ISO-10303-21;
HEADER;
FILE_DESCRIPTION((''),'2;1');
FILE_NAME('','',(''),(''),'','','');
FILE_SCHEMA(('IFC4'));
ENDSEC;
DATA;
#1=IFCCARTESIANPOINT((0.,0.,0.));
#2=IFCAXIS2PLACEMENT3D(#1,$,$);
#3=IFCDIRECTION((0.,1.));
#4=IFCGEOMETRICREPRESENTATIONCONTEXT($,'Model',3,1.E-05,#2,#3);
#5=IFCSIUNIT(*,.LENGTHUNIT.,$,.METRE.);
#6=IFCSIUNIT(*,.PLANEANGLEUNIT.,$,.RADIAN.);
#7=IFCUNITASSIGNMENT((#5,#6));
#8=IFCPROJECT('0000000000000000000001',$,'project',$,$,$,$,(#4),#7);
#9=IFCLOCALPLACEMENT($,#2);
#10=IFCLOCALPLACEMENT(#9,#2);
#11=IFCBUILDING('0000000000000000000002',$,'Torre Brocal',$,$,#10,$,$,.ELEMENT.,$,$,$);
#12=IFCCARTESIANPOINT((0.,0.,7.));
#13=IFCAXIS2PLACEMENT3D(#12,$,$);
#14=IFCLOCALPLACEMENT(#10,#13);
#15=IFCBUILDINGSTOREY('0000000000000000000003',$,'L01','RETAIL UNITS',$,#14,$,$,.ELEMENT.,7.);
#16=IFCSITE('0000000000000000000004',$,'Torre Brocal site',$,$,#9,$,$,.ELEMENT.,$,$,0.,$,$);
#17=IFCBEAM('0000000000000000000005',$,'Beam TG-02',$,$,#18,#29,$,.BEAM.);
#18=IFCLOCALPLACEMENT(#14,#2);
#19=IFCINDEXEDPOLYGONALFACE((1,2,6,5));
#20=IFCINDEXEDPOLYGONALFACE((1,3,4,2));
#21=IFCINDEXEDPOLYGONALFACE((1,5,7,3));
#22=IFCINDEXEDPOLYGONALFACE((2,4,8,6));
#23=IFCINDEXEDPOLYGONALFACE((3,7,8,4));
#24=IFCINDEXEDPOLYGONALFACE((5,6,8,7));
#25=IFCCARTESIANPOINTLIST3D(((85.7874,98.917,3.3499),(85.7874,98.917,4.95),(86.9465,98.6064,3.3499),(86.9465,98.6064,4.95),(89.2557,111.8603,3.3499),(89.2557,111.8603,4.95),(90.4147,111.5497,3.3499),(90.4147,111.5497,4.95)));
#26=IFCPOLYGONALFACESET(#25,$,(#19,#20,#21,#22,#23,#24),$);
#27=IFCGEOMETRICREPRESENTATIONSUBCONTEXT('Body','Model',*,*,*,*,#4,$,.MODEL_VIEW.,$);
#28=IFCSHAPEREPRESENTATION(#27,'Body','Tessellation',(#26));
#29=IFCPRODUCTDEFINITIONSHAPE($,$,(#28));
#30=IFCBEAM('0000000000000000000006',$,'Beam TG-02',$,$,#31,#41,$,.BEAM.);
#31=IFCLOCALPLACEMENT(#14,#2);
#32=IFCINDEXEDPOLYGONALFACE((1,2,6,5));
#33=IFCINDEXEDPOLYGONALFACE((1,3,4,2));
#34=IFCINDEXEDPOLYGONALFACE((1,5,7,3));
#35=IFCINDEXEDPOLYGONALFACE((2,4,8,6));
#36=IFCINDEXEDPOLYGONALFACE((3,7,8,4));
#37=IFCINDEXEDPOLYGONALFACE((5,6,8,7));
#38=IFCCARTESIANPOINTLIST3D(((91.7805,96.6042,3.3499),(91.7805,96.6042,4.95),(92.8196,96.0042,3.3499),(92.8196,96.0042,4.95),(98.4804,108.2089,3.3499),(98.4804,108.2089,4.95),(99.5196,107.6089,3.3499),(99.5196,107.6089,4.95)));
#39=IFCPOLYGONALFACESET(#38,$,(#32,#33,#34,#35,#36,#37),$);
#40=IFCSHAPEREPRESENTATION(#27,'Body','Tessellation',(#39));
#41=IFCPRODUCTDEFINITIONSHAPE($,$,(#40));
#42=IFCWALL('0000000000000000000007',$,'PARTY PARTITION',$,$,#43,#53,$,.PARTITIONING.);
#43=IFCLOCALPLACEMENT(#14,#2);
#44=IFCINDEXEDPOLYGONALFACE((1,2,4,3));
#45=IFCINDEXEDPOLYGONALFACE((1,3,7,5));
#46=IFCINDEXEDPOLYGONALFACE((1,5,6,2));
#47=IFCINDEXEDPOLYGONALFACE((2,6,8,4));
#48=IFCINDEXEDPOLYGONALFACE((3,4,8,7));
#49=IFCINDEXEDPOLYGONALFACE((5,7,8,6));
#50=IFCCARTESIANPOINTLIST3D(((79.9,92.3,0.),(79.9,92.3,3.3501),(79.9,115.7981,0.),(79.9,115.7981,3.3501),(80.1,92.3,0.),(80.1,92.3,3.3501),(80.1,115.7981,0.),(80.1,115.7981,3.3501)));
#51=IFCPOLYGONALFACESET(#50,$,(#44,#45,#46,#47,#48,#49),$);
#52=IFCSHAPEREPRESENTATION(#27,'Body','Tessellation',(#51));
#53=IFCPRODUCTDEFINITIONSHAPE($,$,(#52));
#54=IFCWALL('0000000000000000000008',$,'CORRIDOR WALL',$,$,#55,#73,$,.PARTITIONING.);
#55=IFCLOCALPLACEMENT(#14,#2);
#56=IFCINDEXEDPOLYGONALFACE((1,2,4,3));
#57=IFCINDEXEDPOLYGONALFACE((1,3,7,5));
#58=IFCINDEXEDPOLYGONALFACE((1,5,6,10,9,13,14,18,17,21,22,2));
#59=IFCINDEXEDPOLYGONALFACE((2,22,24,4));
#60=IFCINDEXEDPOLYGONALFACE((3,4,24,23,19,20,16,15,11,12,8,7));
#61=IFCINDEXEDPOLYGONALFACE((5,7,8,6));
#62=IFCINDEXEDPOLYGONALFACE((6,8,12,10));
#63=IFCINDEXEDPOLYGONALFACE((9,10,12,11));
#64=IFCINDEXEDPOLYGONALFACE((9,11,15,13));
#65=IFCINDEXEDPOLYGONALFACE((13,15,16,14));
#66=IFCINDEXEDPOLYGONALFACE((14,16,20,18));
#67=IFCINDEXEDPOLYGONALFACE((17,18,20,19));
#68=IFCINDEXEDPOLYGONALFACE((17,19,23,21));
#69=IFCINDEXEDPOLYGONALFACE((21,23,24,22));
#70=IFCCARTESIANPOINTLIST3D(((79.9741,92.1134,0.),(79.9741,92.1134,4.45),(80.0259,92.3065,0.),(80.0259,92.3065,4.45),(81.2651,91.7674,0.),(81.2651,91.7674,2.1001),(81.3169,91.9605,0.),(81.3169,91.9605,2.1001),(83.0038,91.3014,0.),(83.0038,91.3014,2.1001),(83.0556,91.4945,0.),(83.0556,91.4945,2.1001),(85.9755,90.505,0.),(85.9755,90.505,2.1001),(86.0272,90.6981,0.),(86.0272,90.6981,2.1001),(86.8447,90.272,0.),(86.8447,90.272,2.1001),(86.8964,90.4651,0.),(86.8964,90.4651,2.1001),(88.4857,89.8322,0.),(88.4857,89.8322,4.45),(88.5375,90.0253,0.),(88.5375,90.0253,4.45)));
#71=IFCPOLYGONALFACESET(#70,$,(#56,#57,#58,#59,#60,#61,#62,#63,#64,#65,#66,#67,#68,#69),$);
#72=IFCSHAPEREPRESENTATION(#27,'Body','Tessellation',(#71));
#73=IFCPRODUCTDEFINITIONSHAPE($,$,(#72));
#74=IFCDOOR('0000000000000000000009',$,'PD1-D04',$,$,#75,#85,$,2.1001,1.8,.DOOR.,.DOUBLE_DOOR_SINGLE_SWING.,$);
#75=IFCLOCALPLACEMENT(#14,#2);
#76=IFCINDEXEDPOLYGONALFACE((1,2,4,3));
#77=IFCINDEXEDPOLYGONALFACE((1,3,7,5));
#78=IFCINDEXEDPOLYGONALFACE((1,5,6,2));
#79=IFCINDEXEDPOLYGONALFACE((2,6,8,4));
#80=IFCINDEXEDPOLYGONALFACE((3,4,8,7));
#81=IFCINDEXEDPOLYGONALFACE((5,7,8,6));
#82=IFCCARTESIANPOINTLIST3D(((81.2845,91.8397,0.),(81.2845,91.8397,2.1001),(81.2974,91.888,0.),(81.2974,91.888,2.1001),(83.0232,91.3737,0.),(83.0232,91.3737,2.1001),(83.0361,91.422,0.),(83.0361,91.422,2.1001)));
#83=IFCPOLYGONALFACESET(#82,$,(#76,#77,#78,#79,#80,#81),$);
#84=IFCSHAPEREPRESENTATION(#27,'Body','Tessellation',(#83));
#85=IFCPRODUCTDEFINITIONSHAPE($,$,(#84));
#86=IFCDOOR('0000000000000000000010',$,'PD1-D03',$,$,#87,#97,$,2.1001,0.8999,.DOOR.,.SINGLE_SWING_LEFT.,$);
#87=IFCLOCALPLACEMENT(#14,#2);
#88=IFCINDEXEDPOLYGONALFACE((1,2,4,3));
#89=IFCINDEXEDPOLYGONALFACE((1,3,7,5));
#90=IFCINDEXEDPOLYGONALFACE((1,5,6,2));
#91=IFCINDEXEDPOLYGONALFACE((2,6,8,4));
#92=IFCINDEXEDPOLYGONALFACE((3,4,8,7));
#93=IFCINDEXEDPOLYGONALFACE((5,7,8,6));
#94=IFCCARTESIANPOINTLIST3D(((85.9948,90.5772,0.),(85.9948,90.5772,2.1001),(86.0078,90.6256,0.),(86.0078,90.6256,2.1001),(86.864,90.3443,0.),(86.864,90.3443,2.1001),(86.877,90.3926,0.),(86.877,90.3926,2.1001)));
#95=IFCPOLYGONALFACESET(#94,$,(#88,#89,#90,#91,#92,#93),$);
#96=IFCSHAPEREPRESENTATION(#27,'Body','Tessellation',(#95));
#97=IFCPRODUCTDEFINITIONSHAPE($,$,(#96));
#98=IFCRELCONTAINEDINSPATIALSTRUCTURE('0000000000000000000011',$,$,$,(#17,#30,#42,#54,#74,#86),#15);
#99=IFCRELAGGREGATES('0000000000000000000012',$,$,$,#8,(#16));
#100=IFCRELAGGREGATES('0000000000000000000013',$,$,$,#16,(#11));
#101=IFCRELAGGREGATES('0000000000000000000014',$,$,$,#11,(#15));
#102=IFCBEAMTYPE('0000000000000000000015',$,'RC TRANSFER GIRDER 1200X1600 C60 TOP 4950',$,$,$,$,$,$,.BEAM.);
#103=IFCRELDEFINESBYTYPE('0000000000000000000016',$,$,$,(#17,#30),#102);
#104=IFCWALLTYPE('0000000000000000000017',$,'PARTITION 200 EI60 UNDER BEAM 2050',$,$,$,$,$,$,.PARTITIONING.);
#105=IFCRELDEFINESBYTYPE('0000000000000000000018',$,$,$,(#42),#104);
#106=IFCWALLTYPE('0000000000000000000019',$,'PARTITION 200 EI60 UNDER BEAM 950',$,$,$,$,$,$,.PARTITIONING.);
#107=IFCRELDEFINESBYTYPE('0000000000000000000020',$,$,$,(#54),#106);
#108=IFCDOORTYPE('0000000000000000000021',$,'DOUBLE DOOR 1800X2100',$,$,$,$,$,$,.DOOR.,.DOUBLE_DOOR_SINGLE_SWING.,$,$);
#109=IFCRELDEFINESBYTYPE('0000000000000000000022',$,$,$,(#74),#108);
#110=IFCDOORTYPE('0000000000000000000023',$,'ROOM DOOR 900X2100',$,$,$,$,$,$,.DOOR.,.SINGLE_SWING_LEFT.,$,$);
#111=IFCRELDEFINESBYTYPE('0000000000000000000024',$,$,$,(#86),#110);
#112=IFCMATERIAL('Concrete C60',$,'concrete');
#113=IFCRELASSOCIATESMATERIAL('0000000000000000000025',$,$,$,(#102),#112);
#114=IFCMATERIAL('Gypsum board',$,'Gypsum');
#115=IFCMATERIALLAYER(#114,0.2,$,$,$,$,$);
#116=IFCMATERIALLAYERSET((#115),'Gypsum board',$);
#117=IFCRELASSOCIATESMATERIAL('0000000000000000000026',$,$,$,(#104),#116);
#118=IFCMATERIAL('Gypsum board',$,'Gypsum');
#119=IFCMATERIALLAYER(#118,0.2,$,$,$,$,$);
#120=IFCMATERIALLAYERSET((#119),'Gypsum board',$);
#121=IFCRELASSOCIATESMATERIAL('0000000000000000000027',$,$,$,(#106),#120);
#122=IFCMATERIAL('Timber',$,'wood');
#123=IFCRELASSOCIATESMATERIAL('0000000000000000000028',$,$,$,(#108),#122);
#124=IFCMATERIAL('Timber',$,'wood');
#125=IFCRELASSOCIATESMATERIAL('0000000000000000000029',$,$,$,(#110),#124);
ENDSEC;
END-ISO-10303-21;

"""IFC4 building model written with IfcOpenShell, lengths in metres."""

from ifc_helpers import new_model, si_unit, direction, frame, frame_2d, origin, origin_2d, place, context, subcontext, project, spatial, rectangle, extrude, material, layer, layer_set, material_profile, profile_set, type_object, element, fill, save


model = new_model("IFC4")

# Units and contexts
model_context = context("Model", 3, precision=1e-05, world=origin(), true_north=direction((0.0, 1.0)))
body_context = subcontext(model_context, "Body", "Model", "MODEL_VIEW")
ifc_project = project(units=[si_unit("LENGTHUNIT", "METRE"), si_unit("PLANEANGLEUNIT", "RADIAN")], contexts=[model_context])

# Site, building, storey
site_placement = place(None, origin())
site = spatial("IfcSite", under=ifc_project, at=site_placement, Name="Torre Brocal site", CompositionType="ELEMENT", RefElevation=0.0)
building_placement = place(site_placement, origin())
building = spatial("IfcBuilding", under=site, at=building_placement, Name="Torre Brocal", CompositionType="ELEMENT")
storey_placement = place(building_placement, frame((0.0, 0.0, 7.0)))
storey = spatial("IfcBuildingStorey", under=building, at=storey_placement, Name="L01", Description="RETAIL UNITS", CompositionType="ELEMENT", Elevation=7.0)

# Beams
ifc_material_1 = material(Name="Concrete C60", Category="concrete")
ifc_material_profile_1 = material_profile(ifc_material_1, rectangle(XDim=1.2, YDim=1.6001, at=origin_2d()), Name="RC 1200X1600")
ifc_profile_set_1 = profile_set([ifc_material_profile_1], Name="Concrete C60")
beam_type_1 = type_object("IfcBeamType", Name="RC TRANSFER GIRDER 1200X1600 C60 TOP 4950", PredefinedType="BEAM", material=ifc_profile_set_1)
for number, where, z_axis, x_axis, name in (
    (1, (86.3669, 98.7617, 4.1499), (0.258826, 0.965924, 0.0), (-0.965924, 0.258826, 0.0), "Beam TG-02"),
    (2, (92.3, 96.3042, 4.1499), (0.499997, 0.866027, 0.0), (-0.866027, 0.499997, 0.0), "Beam TG-02"),
):
    element("IfcBeam", number, at=place(storey_placement, frame(where, z_axis=z_axis, x_axis=x_axis)), inside=storey, type_object=beam_type_1, Name=name, PredefinedType="BEAM", context=body_context, shape_type="SweptSolid", body=[
        extrude(rectangle(XDim=1.2, YDim=1.6001, at=origin_2d()), origin(), (0.0, 0.0, 1.0), 13.3999),
    ])

# Wall
ifc_material_2 = material(Name="Gypsum board", Category="Gypsum")
ifc_layer_1 = layer(ifc_material_2, 0.2)
ifc_layer_set_1 = layer_set([ifc_layer_1], Name="Gypsum board")
wall_type_1 = type_object("IfcWallType", Name="PARTITION 200 EI60 UNDER BEAM 2050", PredefinedType="PARTITIONING", material=ifc_layer_set_1)
wall_1_placement = place(storey_placement, frame((80.0, 92.3, 0.0), z_axis=(0.0, 0.0, 1.0), x_axis=(0.0, 1.0, 0.0)))
element("IfcWall", 3, at=wall_1_placement, inside=storey, type_object=wall_type_1, Name="PARTY PARTITION", PredefinedType="PARTITIONING", context=body_context, shape_type="SweptSolid", body=[
    extrude(rectangle(XDim=23.498, YDim=0.2, at=frame_2d((11.749, 0.0))), origin(), (0.0, 0.0, 1.0), 3.3501),
])

# Wall, openings, doors
ifc_material_3 = material(Name="Gypsum board", Category="Gypsum")
ifc_layer_2 = layer(ifc_material_3, 0.2)
ifc_layer_set_2 = layer_set([ifc_layer_2], Name="Gypsum board")
wall_type_2 = type_object("IfcWallType", Name="PARTITION 200 EI60 UNDER BEAM 950", PredefinedType="PARTITIONING", material=ifc_layer_set_2)
wall_2_placement = place(storey_placement, frame((80.0, 92.21, 0.0), z_axis=(0.0, 0.0, 1.0), x_axis=(0.96591, -0.258876, 0.0)))
wall_2 = element("IfcWall", 4, at=wall_2_placement, inside=storey, type_object=wall_type_2, Name="CORRIDOR WALL", PredefinedType="PARTITIONING", context=body_context, shape_type="SweptSolid", body=[
    extrude(rectangle(XDim=8.812, YDim=0.2, at=frame_2d((4.406, 0.0))), origin(), (0.0, 0.0, 1.0), 4.45),
])
opening_1_placement = place(wall_2_placement, frame((6.2131, 0.0, 0.0)))
opening_1 = element("IfcOpeningElement", 5, at=opening_1_placement, cuts=wall_2, PredefinedType="OPENING", context=body_context, shape_type="SweptSolid", body=[
    extrude(rectangle(XDim=0.8999, YDim=2.1001, at=frame_2d((0.45, 1.05))), frame((0.0, 0.1099, 0.0), z_axis=(0.0, -1.0, 0.0), x_axis=(1.0, 0.0, 0.0)), (0.0, 0.0, 1.0), 0.22),
])
opening_2_placement = place(wall_2_placement, frame((1.3367, 0.0, 0.0)))
opening_2 = element("IfcOpeningElement", 6, at=opening_2_placement, cuts=wall_2, PredefinedType="OPENING", context=body_context, shape_type="SweptSolid", body=[
    extrude(rectangle(XDim=1.8, YDim=2.1001, at=frame_2d((0.8999, 1.05))), frame((0.0, 0.1099, 0.0), z_axis=(0.0, -1.0, 0.0), x_axis=(1.0, 0.0, 0.0)), (0.0, 0.0, 1.0), 0.22),
])
ifc_material_4 = material(Name="Timber", Category="wood")
door_type_1 = type_object("IfcDoorType", Name="DOUBLE DOOR 1800X2100", OperationType="DOUBLE_DOOR_SINGLE_SWING", PredefinedType="DOOR", material=ifc_material_4)
door_1_placement = place(opening_2_placement, origin())
door_1 = element("IfcDoor", 7, at=door_1_placement, inside=storey, type_object=door_type_1, Name="PD1-D04", OperationType="DOUBLE_DOOR_SINGLE_SWING", OverallHeight=2.1001, OverallWidth=1.8, PredefinedType="DOOR", context=body_context, shape_type="SweptSolid", body=[
    extrude(rectangle(XDim=1.8, YDim=2.1001, at=frame_2d((0.8999, 1.05))), frame((0.0, 0.0249, 0.0), z_axis=(0.0, -1.0, 0.0), x_axis=(1.0, 0.0, 0.0)), (0.0, 0.0, 1.0), 0.05),
])
fill(opening_2, door_1)
ifc_material_5 = material(Name="Timber", Category="wood")
door_type_2 = type_object("IfcDoorType", Name="ROOM DOOR 900X2100", OperationType="SINGLE_SWING_LEFT", PredefinedType="DOOR", material=ifc_material_5)
door_2_placement = place(opening_1_placement, origin())
door_2 = element("IfcDoor", 8, at=door_2_placement, inside=storey, type_object=door_type_2, Name="PD1-D03", OperationType="SINGLE_SWING_LEFT", OverallHeight=2.1001, OverallWidth=0.8999, PredefinedType="DOOR", context=body_context, shape_type="SweptSolid", body=[
    extrude(rectangle(XDim=0.8999, YDim=2.1001, at=frame_2d((0.45, 1.05))), frame((0.0, 0.0249, 0.0), z_axis=(0.0, -1.0, 0.0), x_axis=(1.0, 0.0, 0.0)), (0.0, 0.0, 1.0), 0.05),
])
fill(opening_1, door_2)

save(model, "model.ifc")
